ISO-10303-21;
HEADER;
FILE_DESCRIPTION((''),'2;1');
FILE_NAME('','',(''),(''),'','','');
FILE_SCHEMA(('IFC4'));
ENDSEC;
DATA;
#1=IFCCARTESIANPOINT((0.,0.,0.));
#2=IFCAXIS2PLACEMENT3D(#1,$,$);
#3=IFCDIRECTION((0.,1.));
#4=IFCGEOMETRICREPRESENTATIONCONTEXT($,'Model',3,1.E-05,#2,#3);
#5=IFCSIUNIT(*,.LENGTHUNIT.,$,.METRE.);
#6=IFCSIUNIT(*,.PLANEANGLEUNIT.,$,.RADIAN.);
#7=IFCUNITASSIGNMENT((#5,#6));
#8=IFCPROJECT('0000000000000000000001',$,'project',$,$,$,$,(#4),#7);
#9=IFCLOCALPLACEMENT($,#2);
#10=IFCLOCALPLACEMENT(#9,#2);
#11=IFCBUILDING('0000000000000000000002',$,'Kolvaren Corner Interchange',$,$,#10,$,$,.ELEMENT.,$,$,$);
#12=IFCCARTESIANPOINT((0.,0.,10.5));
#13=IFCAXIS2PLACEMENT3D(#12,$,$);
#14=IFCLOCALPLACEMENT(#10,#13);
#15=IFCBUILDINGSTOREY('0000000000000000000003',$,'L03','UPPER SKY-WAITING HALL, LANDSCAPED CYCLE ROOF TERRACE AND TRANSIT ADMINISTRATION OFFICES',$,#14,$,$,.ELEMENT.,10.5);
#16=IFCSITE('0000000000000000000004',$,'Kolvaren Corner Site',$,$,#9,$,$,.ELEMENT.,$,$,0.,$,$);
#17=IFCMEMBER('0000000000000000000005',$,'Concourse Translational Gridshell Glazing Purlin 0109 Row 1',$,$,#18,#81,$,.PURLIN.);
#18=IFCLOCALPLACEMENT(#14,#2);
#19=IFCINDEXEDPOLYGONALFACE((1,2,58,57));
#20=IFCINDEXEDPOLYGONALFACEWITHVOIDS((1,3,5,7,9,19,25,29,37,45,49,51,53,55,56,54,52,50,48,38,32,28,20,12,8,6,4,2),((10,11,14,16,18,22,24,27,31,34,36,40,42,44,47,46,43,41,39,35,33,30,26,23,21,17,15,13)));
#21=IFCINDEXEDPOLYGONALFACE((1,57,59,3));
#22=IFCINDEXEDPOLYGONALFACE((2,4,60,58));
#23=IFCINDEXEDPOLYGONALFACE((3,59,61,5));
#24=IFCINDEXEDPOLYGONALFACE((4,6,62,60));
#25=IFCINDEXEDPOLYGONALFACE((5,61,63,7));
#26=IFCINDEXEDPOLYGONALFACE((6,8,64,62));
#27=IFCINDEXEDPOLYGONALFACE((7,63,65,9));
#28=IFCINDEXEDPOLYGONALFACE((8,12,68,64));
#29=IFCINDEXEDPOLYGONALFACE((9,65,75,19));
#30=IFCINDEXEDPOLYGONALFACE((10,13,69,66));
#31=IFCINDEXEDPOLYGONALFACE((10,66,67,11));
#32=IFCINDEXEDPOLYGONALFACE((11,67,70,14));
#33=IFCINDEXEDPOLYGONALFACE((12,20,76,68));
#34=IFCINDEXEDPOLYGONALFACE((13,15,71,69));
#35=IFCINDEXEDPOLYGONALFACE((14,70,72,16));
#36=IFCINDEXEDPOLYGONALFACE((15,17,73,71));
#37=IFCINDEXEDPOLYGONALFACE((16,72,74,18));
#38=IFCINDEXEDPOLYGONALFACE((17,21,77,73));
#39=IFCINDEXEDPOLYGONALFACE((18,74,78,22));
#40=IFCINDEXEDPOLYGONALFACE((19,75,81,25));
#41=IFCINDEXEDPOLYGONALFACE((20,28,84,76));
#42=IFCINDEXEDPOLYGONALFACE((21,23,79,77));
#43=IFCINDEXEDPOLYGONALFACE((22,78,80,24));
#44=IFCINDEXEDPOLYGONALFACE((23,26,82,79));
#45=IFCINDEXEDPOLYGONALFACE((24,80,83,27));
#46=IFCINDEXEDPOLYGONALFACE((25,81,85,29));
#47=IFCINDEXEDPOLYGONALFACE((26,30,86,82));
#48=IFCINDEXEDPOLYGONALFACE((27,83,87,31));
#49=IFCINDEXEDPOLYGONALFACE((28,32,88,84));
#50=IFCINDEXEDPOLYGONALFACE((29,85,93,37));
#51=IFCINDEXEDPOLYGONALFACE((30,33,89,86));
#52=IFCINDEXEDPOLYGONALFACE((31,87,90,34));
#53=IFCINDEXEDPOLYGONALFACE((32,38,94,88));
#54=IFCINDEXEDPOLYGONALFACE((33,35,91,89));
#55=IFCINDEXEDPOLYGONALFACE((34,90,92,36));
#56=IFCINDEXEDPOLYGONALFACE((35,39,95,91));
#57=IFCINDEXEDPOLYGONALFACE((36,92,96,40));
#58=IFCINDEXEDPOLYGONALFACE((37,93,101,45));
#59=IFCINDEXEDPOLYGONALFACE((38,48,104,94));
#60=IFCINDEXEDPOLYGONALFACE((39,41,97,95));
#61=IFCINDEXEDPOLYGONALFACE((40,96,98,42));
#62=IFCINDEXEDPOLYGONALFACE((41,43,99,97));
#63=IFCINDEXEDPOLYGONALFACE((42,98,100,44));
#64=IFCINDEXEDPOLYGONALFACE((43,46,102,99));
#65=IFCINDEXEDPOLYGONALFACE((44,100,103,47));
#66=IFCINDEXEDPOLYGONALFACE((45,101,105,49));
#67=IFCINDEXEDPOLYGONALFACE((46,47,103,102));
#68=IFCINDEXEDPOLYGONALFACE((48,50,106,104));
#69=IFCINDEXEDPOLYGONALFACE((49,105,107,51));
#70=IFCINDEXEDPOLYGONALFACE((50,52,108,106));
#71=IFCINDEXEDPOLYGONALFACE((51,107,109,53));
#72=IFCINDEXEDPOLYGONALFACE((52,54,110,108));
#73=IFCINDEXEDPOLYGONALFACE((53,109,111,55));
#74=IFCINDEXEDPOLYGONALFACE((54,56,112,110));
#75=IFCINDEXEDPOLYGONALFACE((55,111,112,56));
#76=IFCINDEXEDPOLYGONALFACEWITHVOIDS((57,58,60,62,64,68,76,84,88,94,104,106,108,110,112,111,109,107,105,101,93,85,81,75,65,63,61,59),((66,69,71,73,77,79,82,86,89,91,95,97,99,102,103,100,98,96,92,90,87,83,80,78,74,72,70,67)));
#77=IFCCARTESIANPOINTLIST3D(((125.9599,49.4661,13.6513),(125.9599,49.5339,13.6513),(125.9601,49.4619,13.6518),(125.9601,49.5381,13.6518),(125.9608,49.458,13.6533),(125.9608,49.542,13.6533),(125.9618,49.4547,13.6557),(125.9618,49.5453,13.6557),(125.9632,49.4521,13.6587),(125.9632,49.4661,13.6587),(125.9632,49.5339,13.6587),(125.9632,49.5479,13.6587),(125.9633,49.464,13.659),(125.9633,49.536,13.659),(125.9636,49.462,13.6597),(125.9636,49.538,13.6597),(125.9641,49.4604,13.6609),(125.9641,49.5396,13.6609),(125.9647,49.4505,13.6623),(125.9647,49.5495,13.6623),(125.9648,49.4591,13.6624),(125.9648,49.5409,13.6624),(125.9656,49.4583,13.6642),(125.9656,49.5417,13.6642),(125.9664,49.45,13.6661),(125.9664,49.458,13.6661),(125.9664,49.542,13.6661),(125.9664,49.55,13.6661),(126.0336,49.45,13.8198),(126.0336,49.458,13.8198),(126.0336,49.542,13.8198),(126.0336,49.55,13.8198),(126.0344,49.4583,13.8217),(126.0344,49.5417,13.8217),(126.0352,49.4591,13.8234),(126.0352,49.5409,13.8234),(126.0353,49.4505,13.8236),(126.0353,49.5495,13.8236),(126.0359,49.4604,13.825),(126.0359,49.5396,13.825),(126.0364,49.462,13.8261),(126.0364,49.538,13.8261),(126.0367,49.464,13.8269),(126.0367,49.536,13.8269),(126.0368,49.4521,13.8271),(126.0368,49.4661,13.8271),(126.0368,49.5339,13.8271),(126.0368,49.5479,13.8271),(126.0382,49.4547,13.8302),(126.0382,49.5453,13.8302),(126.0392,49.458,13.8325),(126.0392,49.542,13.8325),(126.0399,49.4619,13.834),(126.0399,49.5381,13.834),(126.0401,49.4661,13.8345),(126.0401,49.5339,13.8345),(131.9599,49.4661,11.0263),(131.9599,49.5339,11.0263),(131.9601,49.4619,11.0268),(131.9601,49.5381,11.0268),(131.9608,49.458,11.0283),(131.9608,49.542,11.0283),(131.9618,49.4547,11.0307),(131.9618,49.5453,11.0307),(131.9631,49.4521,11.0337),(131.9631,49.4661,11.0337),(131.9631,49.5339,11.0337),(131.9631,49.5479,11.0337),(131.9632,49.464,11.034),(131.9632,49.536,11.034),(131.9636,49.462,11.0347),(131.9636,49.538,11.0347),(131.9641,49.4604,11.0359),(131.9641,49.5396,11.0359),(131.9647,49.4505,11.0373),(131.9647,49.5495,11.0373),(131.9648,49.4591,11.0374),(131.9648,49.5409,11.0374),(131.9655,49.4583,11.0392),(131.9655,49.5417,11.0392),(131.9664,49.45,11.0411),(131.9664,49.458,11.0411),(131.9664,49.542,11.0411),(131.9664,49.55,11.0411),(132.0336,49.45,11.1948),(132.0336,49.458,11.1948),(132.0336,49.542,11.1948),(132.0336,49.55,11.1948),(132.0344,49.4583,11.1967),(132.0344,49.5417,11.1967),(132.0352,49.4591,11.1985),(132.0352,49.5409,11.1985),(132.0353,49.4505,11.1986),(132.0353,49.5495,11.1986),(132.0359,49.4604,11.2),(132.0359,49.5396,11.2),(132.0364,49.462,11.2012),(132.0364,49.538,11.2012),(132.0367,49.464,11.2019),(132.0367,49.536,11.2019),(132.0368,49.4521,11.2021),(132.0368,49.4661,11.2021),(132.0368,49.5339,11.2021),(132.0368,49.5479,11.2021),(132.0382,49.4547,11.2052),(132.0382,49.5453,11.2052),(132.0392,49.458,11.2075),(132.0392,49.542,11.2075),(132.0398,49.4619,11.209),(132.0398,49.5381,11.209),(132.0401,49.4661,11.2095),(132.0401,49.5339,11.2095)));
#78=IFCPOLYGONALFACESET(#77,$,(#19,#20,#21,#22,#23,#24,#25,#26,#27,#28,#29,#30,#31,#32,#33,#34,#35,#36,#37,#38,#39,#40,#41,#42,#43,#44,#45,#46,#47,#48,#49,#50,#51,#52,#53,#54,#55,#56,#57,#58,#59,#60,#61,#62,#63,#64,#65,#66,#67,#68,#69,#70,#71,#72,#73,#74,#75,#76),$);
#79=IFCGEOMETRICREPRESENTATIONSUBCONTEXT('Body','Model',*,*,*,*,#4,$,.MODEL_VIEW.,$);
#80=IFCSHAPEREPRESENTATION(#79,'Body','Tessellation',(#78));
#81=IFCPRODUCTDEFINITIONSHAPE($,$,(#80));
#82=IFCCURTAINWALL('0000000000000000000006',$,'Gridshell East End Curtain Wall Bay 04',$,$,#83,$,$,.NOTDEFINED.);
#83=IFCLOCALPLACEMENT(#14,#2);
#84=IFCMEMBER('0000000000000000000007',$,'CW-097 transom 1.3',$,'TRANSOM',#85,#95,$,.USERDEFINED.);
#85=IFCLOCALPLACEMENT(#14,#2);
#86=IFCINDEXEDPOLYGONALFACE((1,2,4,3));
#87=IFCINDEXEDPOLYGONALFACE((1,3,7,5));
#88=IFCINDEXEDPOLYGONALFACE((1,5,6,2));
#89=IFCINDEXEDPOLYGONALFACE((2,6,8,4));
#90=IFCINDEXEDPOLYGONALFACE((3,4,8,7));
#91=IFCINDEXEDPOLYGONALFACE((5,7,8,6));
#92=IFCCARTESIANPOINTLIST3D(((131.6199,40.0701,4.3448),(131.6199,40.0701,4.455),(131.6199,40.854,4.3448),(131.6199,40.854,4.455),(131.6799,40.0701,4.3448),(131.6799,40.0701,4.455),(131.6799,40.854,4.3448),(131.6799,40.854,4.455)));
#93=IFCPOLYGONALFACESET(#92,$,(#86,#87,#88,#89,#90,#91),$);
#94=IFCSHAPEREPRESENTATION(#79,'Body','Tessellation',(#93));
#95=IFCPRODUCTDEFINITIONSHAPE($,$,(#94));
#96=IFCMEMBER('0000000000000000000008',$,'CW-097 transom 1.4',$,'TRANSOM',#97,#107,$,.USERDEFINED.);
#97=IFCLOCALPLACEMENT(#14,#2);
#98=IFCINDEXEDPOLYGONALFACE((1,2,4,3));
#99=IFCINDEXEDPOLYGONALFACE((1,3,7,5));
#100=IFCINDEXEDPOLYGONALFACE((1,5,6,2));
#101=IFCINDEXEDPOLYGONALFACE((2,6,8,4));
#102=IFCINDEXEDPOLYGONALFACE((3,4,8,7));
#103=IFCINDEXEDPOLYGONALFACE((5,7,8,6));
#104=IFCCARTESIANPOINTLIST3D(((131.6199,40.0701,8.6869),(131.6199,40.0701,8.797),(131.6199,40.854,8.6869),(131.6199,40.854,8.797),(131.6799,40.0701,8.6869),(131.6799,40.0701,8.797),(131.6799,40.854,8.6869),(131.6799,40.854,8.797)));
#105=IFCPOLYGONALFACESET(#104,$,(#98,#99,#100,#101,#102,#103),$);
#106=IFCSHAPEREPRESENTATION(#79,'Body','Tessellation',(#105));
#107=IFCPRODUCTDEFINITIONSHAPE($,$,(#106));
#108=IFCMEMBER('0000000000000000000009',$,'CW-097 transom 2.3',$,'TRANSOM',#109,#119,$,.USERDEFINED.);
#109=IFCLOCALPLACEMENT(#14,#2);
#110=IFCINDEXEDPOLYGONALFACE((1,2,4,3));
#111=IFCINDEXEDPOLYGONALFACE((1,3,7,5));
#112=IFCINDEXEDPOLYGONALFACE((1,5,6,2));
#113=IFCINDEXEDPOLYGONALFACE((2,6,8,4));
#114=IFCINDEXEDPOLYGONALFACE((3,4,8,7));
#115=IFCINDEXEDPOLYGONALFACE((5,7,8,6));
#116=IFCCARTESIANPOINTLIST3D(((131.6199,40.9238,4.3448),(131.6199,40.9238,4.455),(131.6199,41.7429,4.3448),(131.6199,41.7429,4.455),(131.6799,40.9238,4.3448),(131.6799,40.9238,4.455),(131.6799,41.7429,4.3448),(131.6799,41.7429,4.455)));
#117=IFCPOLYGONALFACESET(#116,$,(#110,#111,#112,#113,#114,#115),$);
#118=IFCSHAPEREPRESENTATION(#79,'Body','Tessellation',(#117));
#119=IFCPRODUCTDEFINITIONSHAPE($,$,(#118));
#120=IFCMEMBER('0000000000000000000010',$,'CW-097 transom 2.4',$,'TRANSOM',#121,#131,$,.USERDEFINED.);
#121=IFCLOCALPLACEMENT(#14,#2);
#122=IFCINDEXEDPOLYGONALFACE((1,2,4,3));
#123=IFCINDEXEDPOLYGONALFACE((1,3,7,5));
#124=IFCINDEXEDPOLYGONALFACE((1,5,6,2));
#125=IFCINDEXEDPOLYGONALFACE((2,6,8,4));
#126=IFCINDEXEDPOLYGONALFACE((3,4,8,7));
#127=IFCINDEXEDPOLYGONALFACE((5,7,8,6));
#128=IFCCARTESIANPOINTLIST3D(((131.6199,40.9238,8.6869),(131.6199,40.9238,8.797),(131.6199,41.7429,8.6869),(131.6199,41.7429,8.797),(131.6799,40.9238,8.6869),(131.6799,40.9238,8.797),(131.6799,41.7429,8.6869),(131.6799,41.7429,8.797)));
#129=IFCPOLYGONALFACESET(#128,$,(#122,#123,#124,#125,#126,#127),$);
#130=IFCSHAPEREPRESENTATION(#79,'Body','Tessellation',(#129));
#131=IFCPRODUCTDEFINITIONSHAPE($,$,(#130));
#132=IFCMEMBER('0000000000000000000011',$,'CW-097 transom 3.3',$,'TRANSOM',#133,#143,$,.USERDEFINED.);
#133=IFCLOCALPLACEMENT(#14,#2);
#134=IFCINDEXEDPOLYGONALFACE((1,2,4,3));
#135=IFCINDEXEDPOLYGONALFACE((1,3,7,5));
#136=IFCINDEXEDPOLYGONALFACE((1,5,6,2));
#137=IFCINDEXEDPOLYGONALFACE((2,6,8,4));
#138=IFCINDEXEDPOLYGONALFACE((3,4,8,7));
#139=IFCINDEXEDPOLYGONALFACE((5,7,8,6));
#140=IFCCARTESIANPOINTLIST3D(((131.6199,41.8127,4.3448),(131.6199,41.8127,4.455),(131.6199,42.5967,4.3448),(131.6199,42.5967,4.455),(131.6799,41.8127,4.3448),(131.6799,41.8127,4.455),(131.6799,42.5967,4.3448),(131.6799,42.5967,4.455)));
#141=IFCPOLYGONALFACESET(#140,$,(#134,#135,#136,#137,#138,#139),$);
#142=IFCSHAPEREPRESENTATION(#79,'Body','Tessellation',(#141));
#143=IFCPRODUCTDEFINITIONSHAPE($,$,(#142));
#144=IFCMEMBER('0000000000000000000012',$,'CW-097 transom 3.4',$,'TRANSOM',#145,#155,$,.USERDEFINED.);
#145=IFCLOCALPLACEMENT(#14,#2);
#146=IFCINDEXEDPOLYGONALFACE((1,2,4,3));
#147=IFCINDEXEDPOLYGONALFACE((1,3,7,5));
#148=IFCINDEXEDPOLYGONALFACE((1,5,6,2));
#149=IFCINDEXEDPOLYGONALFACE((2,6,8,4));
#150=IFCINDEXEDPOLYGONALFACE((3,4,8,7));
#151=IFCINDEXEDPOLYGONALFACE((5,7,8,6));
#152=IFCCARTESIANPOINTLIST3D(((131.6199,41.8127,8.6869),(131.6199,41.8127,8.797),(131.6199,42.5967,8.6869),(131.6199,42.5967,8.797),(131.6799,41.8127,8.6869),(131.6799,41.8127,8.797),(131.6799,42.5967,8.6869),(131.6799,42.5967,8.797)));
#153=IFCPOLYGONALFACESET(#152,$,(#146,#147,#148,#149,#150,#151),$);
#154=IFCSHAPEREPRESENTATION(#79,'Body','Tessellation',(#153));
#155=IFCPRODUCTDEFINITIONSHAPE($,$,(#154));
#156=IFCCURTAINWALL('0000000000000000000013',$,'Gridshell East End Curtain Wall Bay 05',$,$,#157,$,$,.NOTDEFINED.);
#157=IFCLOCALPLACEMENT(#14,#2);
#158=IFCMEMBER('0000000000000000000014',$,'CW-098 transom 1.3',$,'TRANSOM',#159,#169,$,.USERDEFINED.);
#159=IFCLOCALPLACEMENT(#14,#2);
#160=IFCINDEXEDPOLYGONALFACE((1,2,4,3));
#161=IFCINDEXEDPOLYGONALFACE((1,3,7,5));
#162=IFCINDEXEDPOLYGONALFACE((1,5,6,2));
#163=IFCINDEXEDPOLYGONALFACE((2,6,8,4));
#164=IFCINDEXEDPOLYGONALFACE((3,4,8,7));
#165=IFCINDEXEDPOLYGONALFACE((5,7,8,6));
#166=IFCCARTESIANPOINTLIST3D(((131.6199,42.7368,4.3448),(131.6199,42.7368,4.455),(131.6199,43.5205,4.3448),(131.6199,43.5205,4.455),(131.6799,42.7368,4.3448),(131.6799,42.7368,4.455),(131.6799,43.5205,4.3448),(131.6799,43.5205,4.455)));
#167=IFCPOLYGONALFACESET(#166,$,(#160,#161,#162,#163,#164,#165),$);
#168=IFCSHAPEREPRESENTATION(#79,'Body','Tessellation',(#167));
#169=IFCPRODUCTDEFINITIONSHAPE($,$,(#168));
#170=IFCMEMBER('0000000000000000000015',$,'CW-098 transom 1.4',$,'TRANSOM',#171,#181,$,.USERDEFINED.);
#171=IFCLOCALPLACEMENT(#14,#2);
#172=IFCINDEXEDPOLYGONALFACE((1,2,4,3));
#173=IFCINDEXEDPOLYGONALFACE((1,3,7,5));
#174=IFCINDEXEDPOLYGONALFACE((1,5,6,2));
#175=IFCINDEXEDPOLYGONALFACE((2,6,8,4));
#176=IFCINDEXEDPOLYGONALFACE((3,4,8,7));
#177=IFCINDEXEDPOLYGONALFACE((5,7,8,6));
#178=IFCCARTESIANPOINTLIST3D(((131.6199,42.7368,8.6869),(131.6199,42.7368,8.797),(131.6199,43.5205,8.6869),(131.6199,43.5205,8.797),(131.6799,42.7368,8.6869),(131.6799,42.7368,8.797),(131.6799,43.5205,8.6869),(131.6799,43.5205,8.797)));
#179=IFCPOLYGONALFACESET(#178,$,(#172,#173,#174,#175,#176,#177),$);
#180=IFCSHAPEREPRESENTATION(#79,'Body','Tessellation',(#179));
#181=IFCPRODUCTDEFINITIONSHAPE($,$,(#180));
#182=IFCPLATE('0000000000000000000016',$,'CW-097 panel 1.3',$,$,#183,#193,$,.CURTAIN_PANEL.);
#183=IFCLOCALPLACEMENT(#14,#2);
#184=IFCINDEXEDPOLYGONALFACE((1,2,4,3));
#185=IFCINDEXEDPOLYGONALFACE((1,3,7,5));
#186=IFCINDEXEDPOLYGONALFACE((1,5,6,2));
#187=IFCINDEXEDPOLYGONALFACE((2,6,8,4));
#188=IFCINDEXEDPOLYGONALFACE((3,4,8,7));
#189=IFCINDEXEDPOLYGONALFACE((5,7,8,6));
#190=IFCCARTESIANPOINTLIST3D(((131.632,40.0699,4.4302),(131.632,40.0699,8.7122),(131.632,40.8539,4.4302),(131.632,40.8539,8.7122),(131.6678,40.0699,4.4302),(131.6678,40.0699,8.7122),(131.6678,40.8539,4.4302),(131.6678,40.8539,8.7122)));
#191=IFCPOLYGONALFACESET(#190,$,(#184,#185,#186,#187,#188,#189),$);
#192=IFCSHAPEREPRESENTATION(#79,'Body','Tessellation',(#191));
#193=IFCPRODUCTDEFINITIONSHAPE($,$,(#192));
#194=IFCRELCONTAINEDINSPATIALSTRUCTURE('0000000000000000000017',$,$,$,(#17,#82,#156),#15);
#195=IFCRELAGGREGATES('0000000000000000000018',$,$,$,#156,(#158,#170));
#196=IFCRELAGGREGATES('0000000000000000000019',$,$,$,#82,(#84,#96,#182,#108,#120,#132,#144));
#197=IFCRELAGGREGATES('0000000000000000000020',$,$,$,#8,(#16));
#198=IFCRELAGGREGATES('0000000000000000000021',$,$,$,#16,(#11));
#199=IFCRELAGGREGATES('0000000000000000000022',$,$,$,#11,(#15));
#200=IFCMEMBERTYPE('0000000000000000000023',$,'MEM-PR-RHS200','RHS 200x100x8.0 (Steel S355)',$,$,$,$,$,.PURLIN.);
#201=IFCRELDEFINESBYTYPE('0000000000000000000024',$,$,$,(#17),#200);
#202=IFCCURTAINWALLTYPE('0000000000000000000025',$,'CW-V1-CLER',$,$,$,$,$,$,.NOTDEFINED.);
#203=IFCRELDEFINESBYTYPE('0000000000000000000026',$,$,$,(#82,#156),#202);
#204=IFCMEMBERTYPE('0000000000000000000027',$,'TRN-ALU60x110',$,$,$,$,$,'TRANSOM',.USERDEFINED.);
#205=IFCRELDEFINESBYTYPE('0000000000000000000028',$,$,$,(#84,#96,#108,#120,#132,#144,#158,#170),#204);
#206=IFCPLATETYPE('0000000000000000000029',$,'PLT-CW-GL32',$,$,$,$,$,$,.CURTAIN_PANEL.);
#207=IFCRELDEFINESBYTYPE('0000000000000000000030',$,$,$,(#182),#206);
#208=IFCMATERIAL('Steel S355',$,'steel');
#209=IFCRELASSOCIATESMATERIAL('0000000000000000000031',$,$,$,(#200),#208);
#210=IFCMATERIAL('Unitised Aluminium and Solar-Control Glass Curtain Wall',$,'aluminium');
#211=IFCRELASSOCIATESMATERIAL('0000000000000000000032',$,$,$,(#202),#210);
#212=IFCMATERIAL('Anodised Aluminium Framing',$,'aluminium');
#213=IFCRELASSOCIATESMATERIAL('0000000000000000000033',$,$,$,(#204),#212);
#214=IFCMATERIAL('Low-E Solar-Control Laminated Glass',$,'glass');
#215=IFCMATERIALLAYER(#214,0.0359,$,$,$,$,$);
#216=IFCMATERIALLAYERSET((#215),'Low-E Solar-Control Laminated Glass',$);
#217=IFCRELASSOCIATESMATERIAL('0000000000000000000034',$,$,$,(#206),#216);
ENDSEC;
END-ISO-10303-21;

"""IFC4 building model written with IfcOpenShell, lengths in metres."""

from ifc_helpers import new_model, si_unit, direction, frame, origin, origin_2d, place, context, subcontext, project, spatial, rectangle, hollow_rectangle, extrude, material, layer, layer_set, material_profile, profile_set, type_object, element, aggregate, save


model = new_model("IFC4")

# Units and contexts
model_context = context("Model", 3, precision=1e-05, world=origin(), true_north=direction((0.0, 1.0)))
body_context = subcontext(model_context, "Body", "Model", "MODEL_VIEW")
ifc_project = project(units=[si_unit("LENGTHUNIT", "METRE"), si_unit("PLANEANGLEUNIT", "RADIAN")], contexts=[model_context])

# Site, building, storey
site_placement = place(None, origin())
site = spatial("IfcSite", under=ifc_project, at=site_placement, Name="Kolvaren Corner Site", CompositionType="ELEMENT", RefElevation=0.0)
building_placement = place(site_placement, origin())
building = spatial("IfcBuilding", under=site, at=building_placement, Name="Kolvaren Corner Interchange", CompositionType="ELEMENT")
storey_placement = place(building_placement, frame((0.0, 0.0, 10.5)))
storey = spatial("IfcBuildingStorey", under=building, at=storey_placement, Name="L03", Description="UPPER SKY-WAITING HALL, LANDSCAPED CYCLE ROOF TERRACE AND TRANSIT ADMINISTRATION OFFICES", CompositionType="ELEMENT", Elevation=10.5)

# Member
ifc_material_1 = material(Name="Steel S355", Category="steel")
ifc_material_profile_1 = material_profile(ifc_material_1, hollow_rectangle(XDim=0.1001, YDim=0.2, WallThickness=0.0081, InnerFilletRadius=0.0081, OuterFilletRadius=0.0161, at=origin_2d()), Name="RHS 200x100x8.0")
ifc_profile_set_1 = profile_set([ifc_material_profile_1], Name="Steel S355")
member_type_1 = type_object("IfcMemberType", Name="MEM-PR-RHS200", Description="RHS 200x100x8.0 (Steel S355)", PredefinedType="PURLIN", material=ifc_profile_set_1)
for number, where, z_axis, x_axis, name in (
    (1, (126.0, 49.5, 13.7429), (0.916157, 0.0, -0.400819), (0.0, 1.0, 0.0), "Concourse Translational Gridshell Glazing Purlin 0109 Row 1"),
):
    element("IfcMember", number, at=place(storey_placement, frame(where, z_axis=z_axis, x_axis=x_axis)), inside=storey, type_object=member_type_1, Name=name, PredefinedType="PURLIN", context=body_context, shape_type="SweptSolid", body=[
        extrude(hollow_rectangle(XDim=0.1001, YDim=0.2, WallThickness=0.0081, InnerFilletRadius=0.0081, OuterFilletRadius=0.0161, at=origin_2d()), origin(), (0.0, 0.0, 1.0), 6.5491),
    ])

# Curtain walls, members
ifc_material_2 = material(Name="Unitised Aluminium and Solar-Control Glass Curtain Wall", Category="aluminium")
curtain_wall_type = type_object("IfcCurtainWallType", Name="CW-V1-CLER", PredefinedType="NOTDEFINED", material=ifc_material_2)
curtain_wall_1_placement = place(storey_placement, origin())
curtain_wall_1 = element("IfcCurtainWall", 2, at=curtain_wall_1_placement, inside=storey, type_object=curtain_wall_type, Name="Gridshell East End Curtain Wall Bay 04", PredefinedType="NOTDEFINED")
ifc_material_3 = material(Name="Anodised Aluminium Framing", Category="aluminium")
ifc_material_profile_2 = material_profile(ifc_material_3, rectangle(XDim=0.0601, YDim=0.1101, at=origin_2d()), Name="ALU 60x110")
ifc_profile_set_2 = profile_set([ifc_material_profile_2], Name="Anodised Aluminium Framing")
member_type_2 = type_object("IfcMemberType", Name="TRN-ALU60x110", ElementType="TRANSOM", PredefinedType="USERDEFINED", material=ifc_profile_set_2)
member_1_placement = place(storey_placement, frame((131.6499, 40.0701, 4.3999), z_axis=(0.0, 1.0, 0.0), x_axis=(-1.0, 0.0, 0.0)))
member_1 = element("IfcMember", 3, at=member_1_placement, type_object=member_type_2, Name="CW-097 transom 1.3", ObjectType="TRANSOM", PredefinedType="USERDEFINED", context=body_context, shape_type="SweptSolid", body=[
    extrude(rectangle(XDim=0.0601, YDim=0.1101, at=origin_2d()), origin(), (0.0, 0.0, 1.0), 0.7839),
])
member_2_placement = place(storey_placement, frame((131.6499, 40.0701, 8.7419), z_axis=(0.0, 1.0, 0.0), x_axis=(-1.0, 0.0, 0.0)))
member_2 = element("IfcMember", 4, at=member_2_placement, type_object=member_type_2, Name="CW-097 transom 1.4", ObjectType="TRANSOM", PredefinedType="USERDEFINED", context=body_context, shape_type="SweptSolid", body=[
    extrude(rectangle(XDim=0.0601, YDim=0.1101, at=origin_2d()), origin(), (0.0, 0.0, 1.0), 0.7839),
])
member_3_placement = place(storey_placement, frame((131.6499, 40.9238, 4.3999), z_axis=(0.0, 1.0, 0.0), x_axis=(-1.0, 0.0, 0.0)))
member_3 = element("IfcMember", 5, at=member_3_placement, type_object=member_type_2, Name="CW-097 transom 2.3", ObjectType="TRANSOM", PredefinedType="USERDEFINED", context=body_context, shape_type="SweptSolid", body=[
    extrude(rectangle(XDim=0.0601, YDim=0.1101, at=origin_2d()), origin(), (0.0, 0.0, 1.0), 0.8191),
])
member_4_placement = place(storey_placement, frame((131.6499, 40.9238, 8.7419), z_axis=(0.0, 1.0, 0.0), x_axis=(-1.0, 0.0, 0.0)))
member_4 = element("IfcMember", 6, at=member_4_placement, type_object=member_type_2, Name="CW-097 transom 2.4", ObjectType="TRANSOM", PredefinedType="USERDEFINED", context=body_context, shape_type="SweptSolid", body=[
    extrude(rectangle(XDim=0.0601, YDim=0.1101, at=origin_2d()), origin(), (0.0, 0.0, 1.0), 0.8191),
])
member_5_placement = place(storey_placement, frame((131.6499, 41.8127, 4.3999), z_axis=(0.0, 1.0, 0.0), x_axis=(-1.0, 0.0, 0.0)))
member_5 = element("IfcMember", 7, at=member_5_placement, type_object=member_type_2, Name="CW-097 transom 3.3", ObjectType="TRANSOM", PredefinedType="USERDEFINED", context=body_context, shape_type="SweptSolid", body=[
    extrude(rectangle(XDim=0.0601, YDim=0.1101, at=origin_2d()), origin(), (0.0, 0.0, 1.0), 0.7839),
])
member_6_placement = place(storey_placement, frame((131.6499, 41.8127, 8.7419), z_axis=(0.0, 1.0, 0.0), x_axis=(-1.0, 0.0, 0.0)))
member_6 = element("IfcMember", 8, at=member_6_placement, type_object=member_type_2, Name="CW-097 transom 3.4", ObjectType="TRANSOM", PredefinedType="USERDEFINED", context=body_context, shape_type="SweptSolid", body=[
    extrude(rectangle(XDim=0.0601, YDim=0.1101, at=origin_2d()), origin(), (0.0, 0.0, 1.0), 0.7839),
])
curtain_wall_2_placement = place(storey_placement, origin())
curtain_wall_2 = element("IfcCurtainWall", 9, at=curtain_wall_2_placement, inside=storey, type_object=curtain_wall_type, Name="Gridshell East End Curtain Wall Bay 05", PredefinedType="NOTDEFINED")
member_7_placement = place(storey_placement, frame((131.6499, 42.7368, 4.3999), z_axis=(0.0, 1.0, 0.0), x_axis=(-1.0, 0.0, 0.0)))
member_7 = element("IfcMember", 10, at=member_7_placement, type_object=member_type_2, Name="CW-098 transom 1.3", ObjectType="TRANSOM", PredefinedType="USERDEFINED", context=body_context, shape_type="SweptSolid", body=[
    extrude(rectangle(XDim=0.0601, YDim=0.1101, at=origin_2d()), origin(), (0.0, 0.0, 1.0), 0.7837),
])
member_8_placement = place(storey_placement, frame((131.6499, 42.7368, 8.7419), z_axis=(0.0, 1.0, 0.0), x_axis=(-1.0, 0.0, 0.0)))
member_8 = element("IfcMember", 11, at=member_8_placement, type_object=member_type_2, Name="CW-098 transom 1.4", ObjectType="TRANSOM", PredefinedType="USERDEFINED", context=body_context, shape_type="SweptSolid", body=[
    extrude(rectangle(XDim=0.0601, YDim=0.1101, at=origin_2d()), origin(), (0.0, 0.0, 1.0), 0.7837),
])
aggregate(curtain_wall_2, [member_7, member_8])

# Plate
ifc_material_4 = material(Name="Low-E Solar-Control Laminated Glass", Category="glass")
ifc_layer = layer(ifc_material_4, 0.0359)
ifc_layer_set = layer_set([ifc_layer], Name="Low-E Solar-Control Laminated Glass")
plate_type = type_object("IfcPlateType", Name="PLT-CW-GL32", PredefinedType="CURTAIN_PANEL", material=ifc_layer_set)
plate_1_placement = place(storey_placement, frame((131.6499, 40.4619, 4.4302), z_axis=(0.0, 0.0, 1.0), x_axis=(0.0, 1.0, 0.0)))
plate_1 = element("IfcPlate", 12, at=plate_1_placement, type_object=plate_type, Name="CW-097 panel 1.3", PredefinedType="CURTAIN_PANEL", context=body_context, shape_type="SweptSolid", body=[
    extrude(rectangle(XDim=0.7839, YDim=0.0359, at=origin_2d()), origin(), (0.0, 0.0, 1.0), 4.282),
])
aggregate(curtain_wall_1, [member_1, member_2, plate_1, member_3, member_4, member_5, member_6])

save(model, "model.ifc")
